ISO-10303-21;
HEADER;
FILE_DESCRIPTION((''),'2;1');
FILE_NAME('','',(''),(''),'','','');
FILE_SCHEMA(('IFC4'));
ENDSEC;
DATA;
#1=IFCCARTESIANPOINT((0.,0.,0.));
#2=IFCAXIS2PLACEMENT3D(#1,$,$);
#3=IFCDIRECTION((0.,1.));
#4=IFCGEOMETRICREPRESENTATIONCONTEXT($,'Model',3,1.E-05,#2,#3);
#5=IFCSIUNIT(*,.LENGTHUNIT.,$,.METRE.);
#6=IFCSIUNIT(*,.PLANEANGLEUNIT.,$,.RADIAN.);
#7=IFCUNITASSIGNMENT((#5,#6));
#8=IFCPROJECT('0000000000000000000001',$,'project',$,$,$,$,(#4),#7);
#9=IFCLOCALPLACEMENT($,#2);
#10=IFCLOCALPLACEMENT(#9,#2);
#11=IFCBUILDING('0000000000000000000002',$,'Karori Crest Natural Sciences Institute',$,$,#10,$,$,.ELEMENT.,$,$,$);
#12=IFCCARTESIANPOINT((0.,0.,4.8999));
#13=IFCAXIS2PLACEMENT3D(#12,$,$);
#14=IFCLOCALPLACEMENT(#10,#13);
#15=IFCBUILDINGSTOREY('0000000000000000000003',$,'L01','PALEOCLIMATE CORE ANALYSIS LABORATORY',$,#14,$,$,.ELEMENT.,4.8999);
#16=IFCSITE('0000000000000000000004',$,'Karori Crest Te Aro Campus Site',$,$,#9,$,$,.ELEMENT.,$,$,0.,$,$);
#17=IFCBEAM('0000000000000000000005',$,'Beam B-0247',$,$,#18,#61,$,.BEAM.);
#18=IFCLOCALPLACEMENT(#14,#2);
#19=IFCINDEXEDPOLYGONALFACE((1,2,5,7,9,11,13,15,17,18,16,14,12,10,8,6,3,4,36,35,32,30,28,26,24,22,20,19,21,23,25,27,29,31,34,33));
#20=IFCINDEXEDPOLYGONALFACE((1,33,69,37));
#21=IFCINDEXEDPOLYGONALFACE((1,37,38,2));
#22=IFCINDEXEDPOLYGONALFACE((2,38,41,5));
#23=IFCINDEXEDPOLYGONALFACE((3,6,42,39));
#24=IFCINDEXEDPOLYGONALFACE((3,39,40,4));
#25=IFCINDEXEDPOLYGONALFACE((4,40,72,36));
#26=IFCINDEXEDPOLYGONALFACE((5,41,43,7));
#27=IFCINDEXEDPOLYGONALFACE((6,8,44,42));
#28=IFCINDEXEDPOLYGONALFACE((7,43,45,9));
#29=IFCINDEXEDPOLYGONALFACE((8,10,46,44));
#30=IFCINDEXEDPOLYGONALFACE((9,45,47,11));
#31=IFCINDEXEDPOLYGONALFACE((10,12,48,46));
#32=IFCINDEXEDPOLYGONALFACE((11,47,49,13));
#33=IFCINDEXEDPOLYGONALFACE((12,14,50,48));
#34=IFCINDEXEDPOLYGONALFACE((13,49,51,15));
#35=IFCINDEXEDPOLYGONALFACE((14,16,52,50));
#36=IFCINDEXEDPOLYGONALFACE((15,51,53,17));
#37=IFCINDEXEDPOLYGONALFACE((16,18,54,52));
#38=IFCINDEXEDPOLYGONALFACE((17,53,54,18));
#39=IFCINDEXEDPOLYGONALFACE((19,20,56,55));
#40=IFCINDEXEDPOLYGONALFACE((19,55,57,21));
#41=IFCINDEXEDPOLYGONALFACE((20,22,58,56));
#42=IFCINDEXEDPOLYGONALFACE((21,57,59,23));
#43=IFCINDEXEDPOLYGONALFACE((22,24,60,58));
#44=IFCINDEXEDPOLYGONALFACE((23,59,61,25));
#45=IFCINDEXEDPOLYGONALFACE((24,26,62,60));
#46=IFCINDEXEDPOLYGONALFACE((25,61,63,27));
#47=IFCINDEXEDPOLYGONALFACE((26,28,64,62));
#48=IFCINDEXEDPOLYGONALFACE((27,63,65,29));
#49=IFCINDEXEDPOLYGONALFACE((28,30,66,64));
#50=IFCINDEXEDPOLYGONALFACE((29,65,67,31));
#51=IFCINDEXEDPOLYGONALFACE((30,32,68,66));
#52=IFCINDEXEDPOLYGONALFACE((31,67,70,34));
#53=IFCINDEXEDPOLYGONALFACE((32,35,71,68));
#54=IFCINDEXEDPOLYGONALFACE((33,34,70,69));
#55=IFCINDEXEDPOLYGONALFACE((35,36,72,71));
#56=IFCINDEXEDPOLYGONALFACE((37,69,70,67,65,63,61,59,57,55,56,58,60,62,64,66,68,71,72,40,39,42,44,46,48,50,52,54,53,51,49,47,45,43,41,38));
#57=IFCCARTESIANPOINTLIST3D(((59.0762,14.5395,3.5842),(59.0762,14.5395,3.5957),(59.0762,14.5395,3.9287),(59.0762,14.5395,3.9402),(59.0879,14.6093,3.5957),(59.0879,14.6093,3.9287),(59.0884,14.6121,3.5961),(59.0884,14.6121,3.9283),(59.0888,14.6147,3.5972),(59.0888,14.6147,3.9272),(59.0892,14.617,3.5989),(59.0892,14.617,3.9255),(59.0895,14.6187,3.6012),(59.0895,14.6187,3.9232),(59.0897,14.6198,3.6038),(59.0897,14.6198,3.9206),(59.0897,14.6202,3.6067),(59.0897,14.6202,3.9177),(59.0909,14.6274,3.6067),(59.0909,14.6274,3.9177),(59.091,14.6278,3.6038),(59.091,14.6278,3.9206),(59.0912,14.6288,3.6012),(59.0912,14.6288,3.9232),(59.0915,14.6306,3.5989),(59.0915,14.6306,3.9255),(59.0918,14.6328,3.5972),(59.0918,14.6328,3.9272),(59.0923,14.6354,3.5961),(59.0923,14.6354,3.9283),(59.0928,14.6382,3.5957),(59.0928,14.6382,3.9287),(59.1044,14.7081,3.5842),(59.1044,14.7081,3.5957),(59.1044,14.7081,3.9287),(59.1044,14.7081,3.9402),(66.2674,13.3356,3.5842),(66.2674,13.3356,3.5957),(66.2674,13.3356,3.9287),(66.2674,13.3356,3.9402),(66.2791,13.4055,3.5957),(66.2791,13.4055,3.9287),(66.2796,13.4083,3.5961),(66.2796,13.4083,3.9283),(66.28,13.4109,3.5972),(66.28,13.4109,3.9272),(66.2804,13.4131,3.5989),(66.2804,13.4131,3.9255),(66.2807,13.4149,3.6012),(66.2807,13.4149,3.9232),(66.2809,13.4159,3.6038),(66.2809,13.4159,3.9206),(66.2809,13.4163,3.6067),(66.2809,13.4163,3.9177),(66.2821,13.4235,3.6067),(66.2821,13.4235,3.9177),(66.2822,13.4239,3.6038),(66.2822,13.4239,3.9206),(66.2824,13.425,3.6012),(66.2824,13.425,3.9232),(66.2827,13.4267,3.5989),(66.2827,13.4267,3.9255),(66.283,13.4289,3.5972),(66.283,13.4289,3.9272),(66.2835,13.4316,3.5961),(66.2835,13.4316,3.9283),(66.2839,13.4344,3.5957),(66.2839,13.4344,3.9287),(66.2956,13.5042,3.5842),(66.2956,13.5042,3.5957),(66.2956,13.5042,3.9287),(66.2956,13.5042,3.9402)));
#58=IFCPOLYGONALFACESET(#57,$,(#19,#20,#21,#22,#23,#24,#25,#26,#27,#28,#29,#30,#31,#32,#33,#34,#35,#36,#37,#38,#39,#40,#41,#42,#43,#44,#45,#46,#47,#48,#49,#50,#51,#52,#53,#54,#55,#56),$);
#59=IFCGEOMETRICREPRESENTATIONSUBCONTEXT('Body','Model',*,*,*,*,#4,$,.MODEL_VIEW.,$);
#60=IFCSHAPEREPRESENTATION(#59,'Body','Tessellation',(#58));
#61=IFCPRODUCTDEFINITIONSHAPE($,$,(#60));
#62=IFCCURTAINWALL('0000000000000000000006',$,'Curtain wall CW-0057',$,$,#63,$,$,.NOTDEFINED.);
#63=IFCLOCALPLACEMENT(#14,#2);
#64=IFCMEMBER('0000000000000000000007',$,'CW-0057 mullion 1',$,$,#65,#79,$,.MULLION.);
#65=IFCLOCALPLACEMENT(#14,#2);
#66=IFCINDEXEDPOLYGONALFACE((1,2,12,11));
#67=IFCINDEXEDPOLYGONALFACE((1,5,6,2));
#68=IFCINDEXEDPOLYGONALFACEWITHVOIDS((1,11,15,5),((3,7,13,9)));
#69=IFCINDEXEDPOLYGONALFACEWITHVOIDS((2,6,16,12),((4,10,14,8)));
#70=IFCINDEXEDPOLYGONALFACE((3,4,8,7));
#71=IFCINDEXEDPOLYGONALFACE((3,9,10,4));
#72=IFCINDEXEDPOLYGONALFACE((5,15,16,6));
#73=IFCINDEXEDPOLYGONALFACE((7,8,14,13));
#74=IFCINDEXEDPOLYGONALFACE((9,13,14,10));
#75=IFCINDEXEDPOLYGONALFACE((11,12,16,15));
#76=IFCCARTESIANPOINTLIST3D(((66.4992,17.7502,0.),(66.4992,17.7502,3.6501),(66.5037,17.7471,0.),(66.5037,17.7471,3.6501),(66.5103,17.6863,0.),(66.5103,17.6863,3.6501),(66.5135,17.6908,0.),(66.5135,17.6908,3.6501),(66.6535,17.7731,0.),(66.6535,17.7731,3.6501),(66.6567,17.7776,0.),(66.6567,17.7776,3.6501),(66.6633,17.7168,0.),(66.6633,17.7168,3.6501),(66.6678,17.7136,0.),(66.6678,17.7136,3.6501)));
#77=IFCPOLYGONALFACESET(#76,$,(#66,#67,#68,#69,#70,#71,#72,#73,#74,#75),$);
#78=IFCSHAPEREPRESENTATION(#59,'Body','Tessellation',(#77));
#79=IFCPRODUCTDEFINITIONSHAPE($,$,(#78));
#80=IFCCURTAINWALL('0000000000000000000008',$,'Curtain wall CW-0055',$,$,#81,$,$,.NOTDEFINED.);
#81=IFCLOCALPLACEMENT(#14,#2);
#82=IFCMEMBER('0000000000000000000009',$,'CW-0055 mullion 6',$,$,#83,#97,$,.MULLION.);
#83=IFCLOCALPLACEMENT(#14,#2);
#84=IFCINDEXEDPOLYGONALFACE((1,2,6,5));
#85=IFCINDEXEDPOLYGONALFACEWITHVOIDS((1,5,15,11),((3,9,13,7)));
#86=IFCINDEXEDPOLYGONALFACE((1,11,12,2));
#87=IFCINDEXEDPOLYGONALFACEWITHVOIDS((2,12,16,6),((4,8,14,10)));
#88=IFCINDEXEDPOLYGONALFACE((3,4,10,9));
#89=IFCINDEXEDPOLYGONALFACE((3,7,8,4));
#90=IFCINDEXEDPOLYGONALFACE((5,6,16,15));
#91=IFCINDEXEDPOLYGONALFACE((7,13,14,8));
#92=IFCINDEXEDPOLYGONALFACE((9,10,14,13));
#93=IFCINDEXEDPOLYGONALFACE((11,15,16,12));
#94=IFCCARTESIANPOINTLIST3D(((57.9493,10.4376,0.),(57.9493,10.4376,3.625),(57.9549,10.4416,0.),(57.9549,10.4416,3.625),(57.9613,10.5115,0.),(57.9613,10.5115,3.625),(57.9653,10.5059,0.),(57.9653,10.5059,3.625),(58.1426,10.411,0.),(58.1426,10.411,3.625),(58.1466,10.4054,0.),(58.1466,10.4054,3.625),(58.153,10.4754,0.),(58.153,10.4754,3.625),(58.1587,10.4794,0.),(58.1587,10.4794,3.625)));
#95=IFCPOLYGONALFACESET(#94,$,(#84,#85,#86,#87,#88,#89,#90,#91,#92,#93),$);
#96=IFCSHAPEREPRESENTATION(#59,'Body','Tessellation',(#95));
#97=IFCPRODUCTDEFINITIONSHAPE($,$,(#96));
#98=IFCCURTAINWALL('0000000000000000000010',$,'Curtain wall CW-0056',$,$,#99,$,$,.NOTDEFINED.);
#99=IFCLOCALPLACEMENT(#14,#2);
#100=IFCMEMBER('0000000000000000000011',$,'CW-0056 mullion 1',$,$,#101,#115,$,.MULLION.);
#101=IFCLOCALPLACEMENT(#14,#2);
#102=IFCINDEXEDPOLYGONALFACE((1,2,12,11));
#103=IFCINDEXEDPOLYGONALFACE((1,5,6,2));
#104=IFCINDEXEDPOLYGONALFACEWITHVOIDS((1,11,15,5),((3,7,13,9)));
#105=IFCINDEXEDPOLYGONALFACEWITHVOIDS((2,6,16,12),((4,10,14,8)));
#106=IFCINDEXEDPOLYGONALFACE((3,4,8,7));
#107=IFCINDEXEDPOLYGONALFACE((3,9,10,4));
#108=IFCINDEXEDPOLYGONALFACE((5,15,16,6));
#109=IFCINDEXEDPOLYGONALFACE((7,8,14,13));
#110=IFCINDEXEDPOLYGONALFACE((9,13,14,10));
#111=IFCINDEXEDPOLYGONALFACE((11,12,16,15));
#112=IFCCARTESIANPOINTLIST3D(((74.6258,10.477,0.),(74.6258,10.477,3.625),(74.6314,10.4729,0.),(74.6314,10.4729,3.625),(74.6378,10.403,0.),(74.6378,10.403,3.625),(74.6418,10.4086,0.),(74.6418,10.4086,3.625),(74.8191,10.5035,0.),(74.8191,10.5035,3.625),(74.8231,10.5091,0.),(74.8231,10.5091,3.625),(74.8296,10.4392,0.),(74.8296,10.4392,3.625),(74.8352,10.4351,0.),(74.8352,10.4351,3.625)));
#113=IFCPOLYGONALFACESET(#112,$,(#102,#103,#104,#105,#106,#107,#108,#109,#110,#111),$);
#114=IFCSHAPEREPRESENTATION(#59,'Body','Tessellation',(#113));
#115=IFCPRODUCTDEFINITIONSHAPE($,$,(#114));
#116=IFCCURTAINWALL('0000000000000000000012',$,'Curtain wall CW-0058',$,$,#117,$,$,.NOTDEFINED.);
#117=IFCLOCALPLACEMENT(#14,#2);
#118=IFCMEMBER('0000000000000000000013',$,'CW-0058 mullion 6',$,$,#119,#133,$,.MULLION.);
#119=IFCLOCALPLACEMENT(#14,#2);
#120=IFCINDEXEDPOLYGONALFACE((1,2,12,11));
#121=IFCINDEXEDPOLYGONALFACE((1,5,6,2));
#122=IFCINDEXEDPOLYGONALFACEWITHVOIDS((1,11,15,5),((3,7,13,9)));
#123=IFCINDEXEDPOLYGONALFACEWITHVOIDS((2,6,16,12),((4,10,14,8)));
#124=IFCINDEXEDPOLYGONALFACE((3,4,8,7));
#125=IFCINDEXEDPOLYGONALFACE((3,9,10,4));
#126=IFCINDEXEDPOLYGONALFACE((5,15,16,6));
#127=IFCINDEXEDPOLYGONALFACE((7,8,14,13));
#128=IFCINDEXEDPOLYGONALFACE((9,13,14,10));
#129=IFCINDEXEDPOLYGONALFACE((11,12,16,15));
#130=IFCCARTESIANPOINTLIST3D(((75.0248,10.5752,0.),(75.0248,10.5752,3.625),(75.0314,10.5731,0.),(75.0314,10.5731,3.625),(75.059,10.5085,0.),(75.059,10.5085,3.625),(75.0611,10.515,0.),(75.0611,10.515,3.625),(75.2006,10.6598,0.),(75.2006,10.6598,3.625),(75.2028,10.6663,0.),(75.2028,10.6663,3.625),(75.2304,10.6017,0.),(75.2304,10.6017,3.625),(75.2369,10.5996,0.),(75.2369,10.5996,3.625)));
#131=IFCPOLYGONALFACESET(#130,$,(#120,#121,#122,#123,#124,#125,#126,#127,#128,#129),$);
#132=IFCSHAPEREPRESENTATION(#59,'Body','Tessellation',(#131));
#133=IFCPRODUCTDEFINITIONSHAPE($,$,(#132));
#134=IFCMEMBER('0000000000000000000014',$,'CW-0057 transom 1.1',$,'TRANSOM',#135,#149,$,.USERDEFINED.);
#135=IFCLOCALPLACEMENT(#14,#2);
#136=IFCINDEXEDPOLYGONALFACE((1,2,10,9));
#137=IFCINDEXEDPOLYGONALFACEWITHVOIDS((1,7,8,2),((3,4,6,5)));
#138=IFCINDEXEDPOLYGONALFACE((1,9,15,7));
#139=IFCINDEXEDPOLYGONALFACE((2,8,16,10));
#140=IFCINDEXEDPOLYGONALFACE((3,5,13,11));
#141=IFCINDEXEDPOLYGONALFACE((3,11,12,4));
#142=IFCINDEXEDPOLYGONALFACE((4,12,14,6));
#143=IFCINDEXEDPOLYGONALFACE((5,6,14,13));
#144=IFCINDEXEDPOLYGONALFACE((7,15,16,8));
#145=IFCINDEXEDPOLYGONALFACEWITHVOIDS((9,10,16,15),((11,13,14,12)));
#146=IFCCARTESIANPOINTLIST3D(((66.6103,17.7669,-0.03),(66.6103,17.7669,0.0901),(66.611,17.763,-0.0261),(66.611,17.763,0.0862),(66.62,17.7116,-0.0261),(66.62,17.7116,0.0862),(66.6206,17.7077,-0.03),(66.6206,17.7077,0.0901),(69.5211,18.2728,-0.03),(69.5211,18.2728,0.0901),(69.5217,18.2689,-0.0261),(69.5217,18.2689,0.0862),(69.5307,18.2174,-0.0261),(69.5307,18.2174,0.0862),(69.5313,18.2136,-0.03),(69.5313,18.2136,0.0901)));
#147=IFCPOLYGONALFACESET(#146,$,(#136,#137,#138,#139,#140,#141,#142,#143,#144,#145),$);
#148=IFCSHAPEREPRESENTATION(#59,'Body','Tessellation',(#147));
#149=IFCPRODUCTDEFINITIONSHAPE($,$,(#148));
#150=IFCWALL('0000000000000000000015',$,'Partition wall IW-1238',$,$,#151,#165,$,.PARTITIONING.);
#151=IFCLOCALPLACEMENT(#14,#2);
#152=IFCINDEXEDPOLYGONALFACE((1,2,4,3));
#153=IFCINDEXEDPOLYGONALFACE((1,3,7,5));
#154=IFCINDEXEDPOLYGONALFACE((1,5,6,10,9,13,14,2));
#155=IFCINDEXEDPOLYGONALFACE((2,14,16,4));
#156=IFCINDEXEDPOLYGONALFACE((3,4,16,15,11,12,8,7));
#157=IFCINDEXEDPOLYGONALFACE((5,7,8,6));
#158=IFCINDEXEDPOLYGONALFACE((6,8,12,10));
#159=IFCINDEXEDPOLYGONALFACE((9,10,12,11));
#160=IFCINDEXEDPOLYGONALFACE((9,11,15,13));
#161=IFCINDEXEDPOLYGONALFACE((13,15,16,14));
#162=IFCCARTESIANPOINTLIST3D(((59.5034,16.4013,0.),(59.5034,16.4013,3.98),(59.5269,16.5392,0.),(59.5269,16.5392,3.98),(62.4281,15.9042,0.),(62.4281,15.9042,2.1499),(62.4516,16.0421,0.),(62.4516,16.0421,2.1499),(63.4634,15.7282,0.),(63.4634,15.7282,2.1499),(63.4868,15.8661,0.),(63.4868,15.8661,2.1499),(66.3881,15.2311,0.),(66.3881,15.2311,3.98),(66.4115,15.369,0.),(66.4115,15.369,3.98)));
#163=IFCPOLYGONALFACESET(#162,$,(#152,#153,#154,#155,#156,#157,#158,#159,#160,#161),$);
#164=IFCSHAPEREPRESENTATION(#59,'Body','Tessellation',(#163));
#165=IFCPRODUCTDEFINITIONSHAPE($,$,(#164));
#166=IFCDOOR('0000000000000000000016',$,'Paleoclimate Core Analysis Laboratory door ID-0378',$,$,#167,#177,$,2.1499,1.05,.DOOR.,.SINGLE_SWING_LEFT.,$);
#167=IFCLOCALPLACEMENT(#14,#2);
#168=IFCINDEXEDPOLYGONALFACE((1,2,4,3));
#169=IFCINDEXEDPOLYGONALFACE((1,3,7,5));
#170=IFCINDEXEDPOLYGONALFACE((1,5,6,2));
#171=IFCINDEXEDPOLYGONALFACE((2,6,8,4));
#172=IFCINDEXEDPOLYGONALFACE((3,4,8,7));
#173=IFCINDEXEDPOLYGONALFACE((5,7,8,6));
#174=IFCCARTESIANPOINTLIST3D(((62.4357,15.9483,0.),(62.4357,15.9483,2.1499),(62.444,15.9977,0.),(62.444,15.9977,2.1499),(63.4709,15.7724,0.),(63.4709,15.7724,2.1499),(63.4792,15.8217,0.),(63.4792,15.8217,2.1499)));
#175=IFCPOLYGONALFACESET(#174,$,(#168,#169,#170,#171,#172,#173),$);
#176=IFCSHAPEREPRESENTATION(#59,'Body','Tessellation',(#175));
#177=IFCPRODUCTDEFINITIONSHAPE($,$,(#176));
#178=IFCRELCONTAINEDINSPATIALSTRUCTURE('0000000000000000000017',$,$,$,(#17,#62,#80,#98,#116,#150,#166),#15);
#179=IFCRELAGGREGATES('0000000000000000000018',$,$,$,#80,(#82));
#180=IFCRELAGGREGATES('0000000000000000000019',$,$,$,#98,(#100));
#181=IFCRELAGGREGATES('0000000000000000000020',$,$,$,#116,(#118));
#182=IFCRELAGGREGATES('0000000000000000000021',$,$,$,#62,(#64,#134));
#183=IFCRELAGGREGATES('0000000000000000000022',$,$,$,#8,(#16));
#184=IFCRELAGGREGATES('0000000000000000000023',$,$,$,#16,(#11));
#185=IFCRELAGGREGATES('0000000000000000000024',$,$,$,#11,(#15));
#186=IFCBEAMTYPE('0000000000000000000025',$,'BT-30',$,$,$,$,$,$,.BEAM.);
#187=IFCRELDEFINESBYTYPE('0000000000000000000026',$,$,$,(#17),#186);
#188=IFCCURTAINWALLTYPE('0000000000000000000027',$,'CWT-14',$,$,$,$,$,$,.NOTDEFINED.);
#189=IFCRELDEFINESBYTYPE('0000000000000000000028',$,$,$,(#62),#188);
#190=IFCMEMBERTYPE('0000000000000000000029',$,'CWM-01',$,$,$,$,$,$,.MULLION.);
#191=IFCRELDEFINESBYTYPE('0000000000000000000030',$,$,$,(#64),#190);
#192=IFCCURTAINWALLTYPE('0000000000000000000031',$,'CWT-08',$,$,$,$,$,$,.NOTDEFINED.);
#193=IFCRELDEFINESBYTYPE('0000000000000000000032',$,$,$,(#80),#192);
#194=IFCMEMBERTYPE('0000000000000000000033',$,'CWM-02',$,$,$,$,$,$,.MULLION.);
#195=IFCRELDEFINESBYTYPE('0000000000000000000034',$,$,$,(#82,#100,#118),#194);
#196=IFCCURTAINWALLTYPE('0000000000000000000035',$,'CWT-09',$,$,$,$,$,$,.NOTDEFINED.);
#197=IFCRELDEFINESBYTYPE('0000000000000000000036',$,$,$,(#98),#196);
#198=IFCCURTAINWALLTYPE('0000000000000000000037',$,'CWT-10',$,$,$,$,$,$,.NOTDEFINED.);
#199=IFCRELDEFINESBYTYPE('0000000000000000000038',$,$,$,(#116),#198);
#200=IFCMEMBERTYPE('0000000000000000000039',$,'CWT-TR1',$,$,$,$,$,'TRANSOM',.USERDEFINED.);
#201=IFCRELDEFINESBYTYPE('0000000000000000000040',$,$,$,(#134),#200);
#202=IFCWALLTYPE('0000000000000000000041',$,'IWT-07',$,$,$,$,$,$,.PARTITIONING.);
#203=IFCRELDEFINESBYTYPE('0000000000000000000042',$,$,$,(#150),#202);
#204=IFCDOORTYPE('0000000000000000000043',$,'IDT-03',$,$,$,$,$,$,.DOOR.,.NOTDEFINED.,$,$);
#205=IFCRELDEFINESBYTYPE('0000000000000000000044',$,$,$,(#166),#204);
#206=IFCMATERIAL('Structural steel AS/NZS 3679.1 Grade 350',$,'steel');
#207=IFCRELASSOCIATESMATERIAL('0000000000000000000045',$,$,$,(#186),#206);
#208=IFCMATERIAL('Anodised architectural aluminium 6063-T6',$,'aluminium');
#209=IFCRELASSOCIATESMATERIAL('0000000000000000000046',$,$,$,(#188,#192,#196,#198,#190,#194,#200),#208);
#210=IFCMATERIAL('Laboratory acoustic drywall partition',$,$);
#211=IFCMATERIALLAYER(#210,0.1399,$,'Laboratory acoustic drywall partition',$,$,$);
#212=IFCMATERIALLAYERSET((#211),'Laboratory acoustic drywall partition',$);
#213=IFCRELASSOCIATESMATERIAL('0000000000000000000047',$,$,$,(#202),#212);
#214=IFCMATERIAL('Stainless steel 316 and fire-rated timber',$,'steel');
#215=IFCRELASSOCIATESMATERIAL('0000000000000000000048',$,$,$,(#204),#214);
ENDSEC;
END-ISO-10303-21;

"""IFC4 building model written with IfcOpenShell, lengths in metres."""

from ifc_helpers import new_model, si_unit, direction, frame, frame_2d, origin, origin_2d, place, context, subcontext, project, spatial, rectangle, hollow_rectangle, i_section, extrude, material, layer, layer_set, material_profile, profile_set, type_object, element, fill, aggregate, save


model = new_model("IFC4")

# Units and contexts
model_context = context("Model", 3, precision=1e-05, world=origin(), true_north=direction((0.0, 1.0)))
body_context = subcontext(model_context, "Body", "Model", "MODEL_VIEW")
ifc_project = project(units=[si_unit("LENGTHUNIT", "METRE"), si_unit("PLANEANGLEUNIT", "RADIAN")], contexts=[model_context])

# Site, building, storey
site_placement = place(None, origin())
site = spatial("IfcSite", under=ifc_project, at=site_placement, Name="Karori Crest Te Aro Campus Site", CompositionType="ELEMENT", RefElevation=0.0)
building_placement = place(site_placement, origin())
building = spatial("IfcBuilding", under=site, at=building_placement, Name="Karori Crest Natural Sciences Institute", CompositionType="ELEMENT")
storey_placement = place(building_placement, frame((0.0, 0.0, 4.8999)))
storey = spatial("IfcBuildingStorey", under=building, at=storey_placement, Name="L01", Description="PALEOCLIMATE CORE ANALYSIS LABORATORY", CompositionType="ELEMENT", Elevation=4.8999)

# Shared definitions
ifc_material_1 = material(Name="Structural steel AS/NZS 3679.1 Grade 350", Category="steel")

# Beam
ifc_material_profile_1 = material_profile(ifc_material_1, i_section(OverallWidth=0.1709, OverallDepth=0.356, WebThickness=0.0073, FlangeThickness=0.0115, FilletRadius=0.011, at=origin_2d()), Name="360UB50.7")
ifc_profile_set_1 = profile_set([ifc_material_profile_1], Name="Structural steel AS/NZS 3679.1 Grade 350")
beam_type_1 = type_object("IfcBeamType", Name="BT-30", PredefinedType="BEAM", material=ifc_profile_set_1)
beam_1_placement = place(storey_placement, frame((59.0903, 14.6238, 3.7622), z_axis=(0.986275, -0.16511, 0.0), x_axis=(0.16511, 0.986275, 0.0)))
element("IfcBeam", 1, at=beam_1_placement, inside=storey, type_object=beam_type_1, Name="Beam B-0247", PredefinedType="BEAM", context=body_context, shape_type="SweptSolid", body=[
    extrude(i_section(OverallWidth=0.1709, OverallDepth=0.356, WebThickness=0.0073, FlangeThickness=0.0115, FilletRadius=0.011, at=origin_2d()), origin(), (0.0, 0.0, 1.0), 7.2913),
])

# Curtain walls, members
ifc_material_2 = material(Name="Anodised architectural aluminium 6063-T6", Category="aluminium")
curtain_wall_type_1 = type_object("IfcCurtainWallType", Name="CWT-14", PredefinedType="NOTDEFINED", material=ifc_material_2)
curtain_wall_1_placement = place(storey_placement, origin())
curtain_wall_1 = element("IfcCurtainWall", 2, at=curtain_wall_1_placement, inside=storey, type_object=curtain_wall_type_1, Name="Curtain wall CW-0057", PredefinedType="NOTDEFINED")
ifc_material_profile_2 = material_profile(ifc_material_2, hollow_rectangle(XDim=0.0649, YDim=0.1599, WallThickness=0.0039, at=origin_2d()), Name="CWM160x65x4")
ifc_profile_set_2 = profile_set([ifc_material_profile_2], Name="Anodised architectural aluminium 6063-T6")
member_type_1 = type_object("IfcMemberType", Name="CWM-01", PredefinedType="MULLION", material=ifc_profile_set_2)
member_1_placement = place(storey_placement, frame((66.5835, 17.7319, 0.0), z_axis=(0.0, 0.0, 1.0), x_axis=(-0.17117, 0.985241, 0.0)))
member_1 = element("IfcMember", 3, at=member_1_placement, type_object=member_type_1, Name="CW-0057 mullion 1", PredefinedType="MULLION", context=body_context, shape_type="SweptSolid", body=[
    extrude(hollow_rectangle(XDim=0.0649, YDim=0.1599, WallThickness=0.0039, at=origin_2d()), origin(), (0.0, 0.0, 1.0), 3.6501),
])
curtain_wall_type_2 = type_object("IfcCurtainWallType", Name="CWT-08", PredefinedType="NOTDEFINED", material=ifc_material_2)
curtain_wall_2_placement = place(storey_placement, origin())
curtain_wall_2 = element("IfcCurtainWall", 4, at=curtain_wall_2_placement, inside=storey, type_object=curtain_wall_type_2, Name="Curtain wall CW-0055", PredefinedType="NOTDEFINED")
ifc_material_profile_3 = material_profile(ifc_material_2, hollow_rectangle(XDim=0.075, YDim=0.2, WallThickness=0.0049, at=origin_2d()), Name="CWM200x75x5")
ifc_profile_set_3 = profile_set([ifc_material_profile_3], Name="Anodised architectural aluminium 6063-T6")
member_type_2 = type_object("IfcMemberType", Name="CWM-02", PredefinedType="MULLION", material=ifc_profile_set_3)
member_2_placement = place(storey_placement, frame((58.054, 10.4585, 0.0), z_axis=(0.0, 0.0, 1.0), x_axis=(-0.160652, -0.987011, 0.0)))
member_2 = element("IfcMember", 5, at=member_2_placement, type_object=member_type_2, Name="CW-0055 mullion 6", PredefinedType="MULLION", context=body_context, shape_type="SweptSolid", body=[
    extrude(hollow_rectangle(XDim=0.075, YDim=0.2, WallThickness=0.0049, at=origin_2d()), origin(), (0.0, 0.0, 1.0), 3.625),
])
aggregate(curtain_wall_2, [member_2])
curtain_wall_type_3 = type_object("IfcCurtainWallType", Name="CWT-09", PredefinedType="NOTDEFINED", material=ifc_material_2)
curtain_wall_3_placement = place(storey_placement, origin())
curtain_wall_3 = element("IfcCurtainWall", 6, at=curtain_wall_3_placement, inside=storey, type_object=curtain_wall_type_3, Name="Curtain wall CW-0056", PredefinedType="NOTDEFINED")
member_3_placement = place(storey_placement, frame((74.7305, 10.4561, 0.0), z_axis=(0.0, 0.0, 1.0), x_axis=(0.160657, -0.98701, 0.0)))
member_3 = element("IfcMember", 7, at=member_3_placement, type_object=member_type_2, Name="CW-0056 mullion 1", PredefinedType="MULLION", context=body_context, shape_type="SweptSolid", body=[
    extrude(hollow_rectangle(XDim=0.075, YDim=0.2, WallThickness=0.0049, at=origin_2d()), origin(), (0.0, 0.0, 1.0), 3.625),
])
aggregate(curtain_wall_3, [member_3])
curtain_wall_type_4 = type_object("IfcCurtainWallType", Name="CWT-10", PredefinedType="NOTDEFINED", material=ifc_material_2)
curtain_wall_4_placement = place(storey_placement, origin())
curtain_wall_4 = element("IfcCurtainWall", 8, at=curtain_wall_4_placement, inside=storey, type_object=curtain_wall_type_4, Name="Curtain wall CW-0058", PredefinedType="NOTDEFINED")
member_4_placement = place(storey_placement, frame((75.1309, 10.5874, 0.0), z_axis=(0.0, 0.0, 1.0), x_axis=(0.455833, -0.890065, 0.0)))
member_4 = element("IfcMember", 9, at=member_4_placement, type_object=member_type_2, Name="CW-0058 mullion 6", PredefinedType="MULLION", context=body_context, shape_type="SweptSolid", body=[
    extrude(hollow_rectangle(XDim=0.075, YDim=0.2, WallThickness=0.0049, at=origin_2d()), origin(), (0.0, 0.0, 1.0), 3.625),
])
aggregate(curtain_wall_4, [member_4])

# Member
ifc_material_profile_4 = material_profile(ifc_material_2, hollow_rectangle(XDim=0.0601, YDim=0.1201, WallThickness=0.0039, at=origin_2d()), Name="CWT120x60x4")
ifc_profile_set_4 = profile_set([ifc_material_profile_4], Name="Anodised architectural aluminium 6063-T6")
member_type_3 = type_object("IfcMemberType", Name="CWT-TR1", ElementType="TRANSOM", PredefinedType="USERDEFINED", material=ifc_profile_set_4)
member_5_placement = place(storey_placement, frame((66.6155, 17.7373, 0.03), z_axis=(0.985231, 0.17123, 0.0), x_axis=(-0.17123, 0.985231, 0.0)))
member_5 = element("IfcMember", 10, at=member_5_placement, type_object=member_type_3, Name="CW-0057 transom 1.1", ObjectType="TRANSOM", PredefinedType="USERDEFINED", context=body_context, shape_type="SweptSolid", body=[
    extrude(hollow_rectangle(XDim=0.0601, YDim=0.1201, WallThickness=0.0039, at=origin_2d()), origin(), (0.0, 0.0, 1.0), 2.9543),
])
aggregate(curtain_wall_1, [member_1, member_5])

# Wall, opening, door
ifc_material_3 = material(Name="Laboratory acoustic drywall partition")
ifc_layer_1 = layer(ifc_material_3, 0.1399, Name="Laboratory acoustic drywall partition")
ifc_layer_set_1 = layer_set([ifc_layer_1], Name="Laboratory acoustic drywall partition")
wall_type_1 = type_object("IfcWallType", Name="IWT-07", PredefinedType="PARTITIONING", material=ifc_layer_set_1)
wall_1_placement = place(storey_placement, frame((59.5151, 16.4702, 0.0), z_axis=(0.0, 0.0, 1.0), x_axis=(0.985862, -0.167562, 0.0)))
wall_1 = element("IfcWall", 11, at=wall_1_placement, inside=storey, type_object=wall_type_1, Name="Partition wall IW-1238", PredefinedType="PARTITIONING", context=body_context, shape_type="SweptSolid", body=[
    extrude(rectangle(XDim=6.9834, YDim=0.1399, at=frame_2d((3.4917, 0.0))), origin(), (0.0, 0.0, 1.0), 3.98),
])
opening_1_placement = place(wall_1_placement, frame((2.9668, 0.0, 0.0)))
opening_1 = element("IfcOpeningElement", 12, at=opening_1_placement, cuts=wall_1, PredefinedType="OPENING", context=body_context, shape_type="SweptSolid", body=[
    extrude(rectangle(XDim=1.05, YDim=2.1499, at=frame_2d((0.5249, 1.075))), frame((0.0, 0.0801, 0.0), z_axis=(0.0, -1.0, 0.0), x_axis=(1.0, 0.0, 0.0)), (0.0, 0.0, 1.0), 0.1599),
])
ifc_material_4 = material(Name="Stainless steel 316 and fire-rated timber", Category="steel")
door_type_1 = type_object("IfcDoorType", Name="IDT-03", OperationType="NOTDEFINED", PredefinedType="DOOR", material=ifc_material_4)
door_1_placement = place(opening_1_placement, origin())
door_1 = element("IfcDoor", 13, at=door_1_placement, inside=storey, type_object=door_type_1, Name="Paleoclimate Core Analysis Laboratory door ID-0378", OperationType="SINGLE_SWING_LEFT", OverallHeight=2.1499, OverallWidth=1.05, PredefinedType="DOOR", context=body_context, shape_type="SweptSolid", body=[
    extrude(rectangle(XDim=1.05, YDim=2.1499, at=frame_2d((0.5249, 1.075))), frame((0.0, 0.0249, 0.0), z_axis=(0.0, -1.0, 0.0), x_axis=(1.0, 0.0, 0.0)), (0.0, 0.0, 1.0), 0.05),
])
fill(opening_1, door_1)

save(model, "model.ifc")
